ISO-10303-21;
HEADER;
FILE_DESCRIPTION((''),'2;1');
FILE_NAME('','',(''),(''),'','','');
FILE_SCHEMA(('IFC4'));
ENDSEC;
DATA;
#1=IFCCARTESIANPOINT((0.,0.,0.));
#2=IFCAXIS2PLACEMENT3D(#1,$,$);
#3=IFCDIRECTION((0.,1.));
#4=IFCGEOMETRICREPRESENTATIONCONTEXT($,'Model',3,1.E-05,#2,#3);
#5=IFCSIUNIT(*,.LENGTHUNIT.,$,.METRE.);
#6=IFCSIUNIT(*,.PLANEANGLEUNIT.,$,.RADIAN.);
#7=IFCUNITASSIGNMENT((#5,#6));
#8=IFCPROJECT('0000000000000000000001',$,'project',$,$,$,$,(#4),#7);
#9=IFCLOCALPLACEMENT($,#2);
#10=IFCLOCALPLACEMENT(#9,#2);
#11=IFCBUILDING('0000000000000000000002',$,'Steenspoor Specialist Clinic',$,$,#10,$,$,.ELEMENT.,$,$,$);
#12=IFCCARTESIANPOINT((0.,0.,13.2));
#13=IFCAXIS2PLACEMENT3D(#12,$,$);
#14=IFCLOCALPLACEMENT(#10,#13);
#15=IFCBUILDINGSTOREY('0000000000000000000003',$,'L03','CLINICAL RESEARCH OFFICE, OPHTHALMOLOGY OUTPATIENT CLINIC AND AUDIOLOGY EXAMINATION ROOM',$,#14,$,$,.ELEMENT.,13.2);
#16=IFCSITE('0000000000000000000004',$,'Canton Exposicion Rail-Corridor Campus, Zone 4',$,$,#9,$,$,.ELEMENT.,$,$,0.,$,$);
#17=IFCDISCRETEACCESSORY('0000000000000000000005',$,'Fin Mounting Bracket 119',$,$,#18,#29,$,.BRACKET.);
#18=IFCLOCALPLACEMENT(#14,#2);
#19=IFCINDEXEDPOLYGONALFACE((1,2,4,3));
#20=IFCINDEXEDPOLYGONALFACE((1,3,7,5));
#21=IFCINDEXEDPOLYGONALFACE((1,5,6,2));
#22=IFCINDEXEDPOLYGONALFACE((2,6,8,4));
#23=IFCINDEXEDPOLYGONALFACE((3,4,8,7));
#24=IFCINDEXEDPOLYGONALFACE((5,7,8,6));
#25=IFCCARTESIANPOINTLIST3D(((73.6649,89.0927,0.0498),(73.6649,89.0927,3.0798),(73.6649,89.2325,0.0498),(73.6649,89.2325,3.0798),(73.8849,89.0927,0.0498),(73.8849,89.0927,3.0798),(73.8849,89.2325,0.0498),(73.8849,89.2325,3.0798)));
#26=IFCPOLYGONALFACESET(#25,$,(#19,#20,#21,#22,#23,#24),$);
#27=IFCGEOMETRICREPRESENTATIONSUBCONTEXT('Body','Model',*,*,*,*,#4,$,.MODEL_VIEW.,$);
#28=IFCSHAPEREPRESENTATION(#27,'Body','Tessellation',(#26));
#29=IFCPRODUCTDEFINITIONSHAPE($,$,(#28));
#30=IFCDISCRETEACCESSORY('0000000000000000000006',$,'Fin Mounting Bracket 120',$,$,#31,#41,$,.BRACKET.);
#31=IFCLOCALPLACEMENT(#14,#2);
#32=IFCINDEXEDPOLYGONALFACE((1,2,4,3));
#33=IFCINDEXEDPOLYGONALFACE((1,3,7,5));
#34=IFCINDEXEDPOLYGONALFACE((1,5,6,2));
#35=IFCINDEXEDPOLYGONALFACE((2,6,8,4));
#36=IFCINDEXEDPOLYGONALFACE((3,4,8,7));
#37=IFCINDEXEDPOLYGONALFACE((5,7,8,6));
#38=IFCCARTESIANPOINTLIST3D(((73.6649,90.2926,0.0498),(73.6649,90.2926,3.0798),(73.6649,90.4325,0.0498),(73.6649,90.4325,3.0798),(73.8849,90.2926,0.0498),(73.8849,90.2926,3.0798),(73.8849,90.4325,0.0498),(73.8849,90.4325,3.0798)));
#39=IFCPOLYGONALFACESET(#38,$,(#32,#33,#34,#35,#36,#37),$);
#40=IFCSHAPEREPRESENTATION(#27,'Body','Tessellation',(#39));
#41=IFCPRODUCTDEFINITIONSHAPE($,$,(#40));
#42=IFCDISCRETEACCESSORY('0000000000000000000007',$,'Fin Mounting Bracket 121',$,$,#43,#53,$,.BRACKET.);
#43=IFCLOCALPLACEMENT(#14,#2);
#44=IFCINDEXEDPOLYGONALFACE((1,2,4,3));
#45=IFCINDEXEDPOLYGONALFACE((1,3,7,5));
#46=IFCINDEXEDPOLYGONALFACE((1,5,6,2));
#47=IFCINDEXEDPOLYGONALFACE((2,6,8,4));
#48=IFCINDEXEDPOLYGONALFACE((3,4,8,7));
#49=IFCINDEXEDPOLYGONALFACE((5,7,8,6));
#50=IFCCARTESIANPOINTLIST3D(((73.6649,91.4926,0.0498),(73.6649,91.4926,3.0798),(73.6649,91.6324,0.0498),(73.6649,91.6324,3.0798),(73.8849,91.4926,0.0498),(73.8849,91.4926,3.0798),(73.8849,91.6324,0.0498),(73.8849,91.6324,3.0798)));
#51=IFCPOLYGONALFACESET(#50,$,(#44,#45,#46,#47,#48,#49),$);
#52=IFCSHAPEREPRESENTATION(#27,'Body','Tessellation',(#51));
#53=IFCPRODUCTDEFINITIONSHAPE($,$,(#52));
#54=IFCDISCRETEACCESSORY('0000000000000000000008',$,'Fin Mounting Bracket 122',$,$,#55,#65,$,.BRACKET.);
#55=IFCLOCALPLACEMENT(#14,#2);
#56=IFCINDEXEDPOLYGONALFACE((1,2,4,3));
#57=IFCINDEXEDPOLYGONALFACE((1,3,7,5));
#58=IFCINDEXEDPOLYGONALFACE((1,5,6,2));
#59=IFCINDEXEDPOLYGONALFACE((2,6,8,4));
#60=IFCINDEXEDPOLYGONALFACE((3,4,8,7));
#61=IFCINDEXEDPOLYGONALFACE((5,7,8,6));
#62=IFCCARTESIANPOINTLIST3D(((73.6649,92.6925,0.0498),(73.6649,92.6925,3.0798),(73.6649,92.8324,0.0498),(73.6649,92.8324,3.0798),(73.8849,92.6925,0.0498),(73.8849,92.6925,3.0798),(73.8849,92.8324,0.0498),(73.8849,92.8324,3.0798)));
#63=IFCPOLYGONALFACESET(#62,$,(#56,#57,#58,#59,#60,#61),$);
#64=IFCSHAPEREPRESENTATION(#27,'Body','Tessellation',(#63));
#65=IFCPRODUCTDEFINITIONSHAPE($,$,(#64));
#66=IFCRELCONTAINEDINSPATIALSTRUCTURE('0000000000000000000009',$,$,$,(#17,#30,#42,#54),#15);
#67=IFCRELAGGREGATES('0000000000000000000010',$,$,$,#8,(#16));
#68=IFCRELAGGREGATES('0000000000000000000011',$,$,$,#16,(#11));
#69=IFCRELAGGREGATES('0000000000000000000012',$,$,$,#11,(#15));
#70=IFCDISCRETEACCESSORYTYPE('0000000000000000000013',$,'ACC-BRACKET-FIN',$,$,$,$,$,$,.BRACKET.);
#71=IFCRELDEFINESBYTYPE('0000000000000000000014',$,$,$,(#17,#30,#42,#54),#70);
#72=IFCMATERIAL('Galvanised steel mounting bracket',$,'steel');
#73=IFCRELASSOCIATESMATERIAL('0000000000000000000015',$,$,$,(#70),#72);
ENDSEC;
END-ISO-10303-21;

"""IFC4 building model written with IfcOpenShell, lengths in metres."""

from ifc_helpers import new_model, si_unit, direction, frame, origin, origin_2d, place, context, subcontext, project, spatial, rectangle, extrude, material, type_object, element, save


model = new_model("IFC4")

# Units and contexts
model_context = context("Model", 3, precision=1e-05, world=origin(), true_north=direction((0.0, 1.0)))
body_context = subcontext(model_context, "Body", "Model", "MODEL_VIEW")
ifc_project = project(units=[si_unit("LENGTHUNIT", "METRE"), si_unit("PLANEANGLEUNIT", "RADIAN")], contexts=[model_context])

# Site, building, storey
site_placement = place(None, origin())
site = spatial("IfcSite", under=ifc_project, at=site_placement, Name="Canton Exposicion Rail-Corridor Campus, Zone 4", CompositionType="ELEMENT", RefElevation=0.0)
building_placement = place(site_placement, origin())
building = spatial("IfcBuilding", under=site, at=building_placement, Name="Steenspoor Specialist Clinic", CompositionType="ELEMENT")
storey_placement = place(building_placement, frame((0.0, 0.0, 13.2)))
storey = spatial("IfcBuildingStorey", under=building, at=storey_placement, Name="L03", Description="CLINICAL RESEARCH OFFICE, OPHTHALMOLOGY OUTPATIENT CLINIC AND AUDIOLOGY EXAMINATION ROOM", CompositionType="ELEMENT", Elevation=13.2)

# Discrete accessories
ifc_material_1 = material(Name="Galvanised steel mounting bracket", Category="steel")
discrete_accessory_type = type_object("IfcDiscreteAccessoryType", Name="ACC-BRACKET-FIN", PredefinedType="BRACKET", material=ifc_material_1)
for number, where, z_axis, x_axis, name in (
    (1, (73.7749, 89.1626, 0.0498), (0.0, 0.0, 1.0), (-1.0, 0.0, 0.0), "Fin Mounting Bracket 119"),
    (2, (73.7749, 90.3625, 0.0498), (0.0, 0.0, 1.0), (-1.0, 0.0, 0.0), "Fin Mounting Bracket 120"),
    (3, (73.7749, 91.5625, 0.0498), (0.0, 0.0, 1.0), (-1.0, 0.0, 0.0), "Fin Mounting Bracket 121"),
    (4, (73.7749, 92.7625, 0.0498), (0.0, 0.0, 1.0), (-1.0, 0.0, 0.0), "Fin Mounting Bracket 122"),
):
    element("IfcDiscreteAccessory", number, at=place(storey_placement, frame(where, z_axis=z_axis, x_axis=x_axis)), inside=storey, type_object=discrete_accessory_type, Name=name, PredefinedType="BRACKET", context=body_context, shape_type="SweptSolid", body=[
        extrude(rectangle(XDim=0.22, YDim=0.1399, at=origin_2d()), origin(), (0.0, 0.0, 1.0), 3.03),
    ])

save(model, "model.ifc")
